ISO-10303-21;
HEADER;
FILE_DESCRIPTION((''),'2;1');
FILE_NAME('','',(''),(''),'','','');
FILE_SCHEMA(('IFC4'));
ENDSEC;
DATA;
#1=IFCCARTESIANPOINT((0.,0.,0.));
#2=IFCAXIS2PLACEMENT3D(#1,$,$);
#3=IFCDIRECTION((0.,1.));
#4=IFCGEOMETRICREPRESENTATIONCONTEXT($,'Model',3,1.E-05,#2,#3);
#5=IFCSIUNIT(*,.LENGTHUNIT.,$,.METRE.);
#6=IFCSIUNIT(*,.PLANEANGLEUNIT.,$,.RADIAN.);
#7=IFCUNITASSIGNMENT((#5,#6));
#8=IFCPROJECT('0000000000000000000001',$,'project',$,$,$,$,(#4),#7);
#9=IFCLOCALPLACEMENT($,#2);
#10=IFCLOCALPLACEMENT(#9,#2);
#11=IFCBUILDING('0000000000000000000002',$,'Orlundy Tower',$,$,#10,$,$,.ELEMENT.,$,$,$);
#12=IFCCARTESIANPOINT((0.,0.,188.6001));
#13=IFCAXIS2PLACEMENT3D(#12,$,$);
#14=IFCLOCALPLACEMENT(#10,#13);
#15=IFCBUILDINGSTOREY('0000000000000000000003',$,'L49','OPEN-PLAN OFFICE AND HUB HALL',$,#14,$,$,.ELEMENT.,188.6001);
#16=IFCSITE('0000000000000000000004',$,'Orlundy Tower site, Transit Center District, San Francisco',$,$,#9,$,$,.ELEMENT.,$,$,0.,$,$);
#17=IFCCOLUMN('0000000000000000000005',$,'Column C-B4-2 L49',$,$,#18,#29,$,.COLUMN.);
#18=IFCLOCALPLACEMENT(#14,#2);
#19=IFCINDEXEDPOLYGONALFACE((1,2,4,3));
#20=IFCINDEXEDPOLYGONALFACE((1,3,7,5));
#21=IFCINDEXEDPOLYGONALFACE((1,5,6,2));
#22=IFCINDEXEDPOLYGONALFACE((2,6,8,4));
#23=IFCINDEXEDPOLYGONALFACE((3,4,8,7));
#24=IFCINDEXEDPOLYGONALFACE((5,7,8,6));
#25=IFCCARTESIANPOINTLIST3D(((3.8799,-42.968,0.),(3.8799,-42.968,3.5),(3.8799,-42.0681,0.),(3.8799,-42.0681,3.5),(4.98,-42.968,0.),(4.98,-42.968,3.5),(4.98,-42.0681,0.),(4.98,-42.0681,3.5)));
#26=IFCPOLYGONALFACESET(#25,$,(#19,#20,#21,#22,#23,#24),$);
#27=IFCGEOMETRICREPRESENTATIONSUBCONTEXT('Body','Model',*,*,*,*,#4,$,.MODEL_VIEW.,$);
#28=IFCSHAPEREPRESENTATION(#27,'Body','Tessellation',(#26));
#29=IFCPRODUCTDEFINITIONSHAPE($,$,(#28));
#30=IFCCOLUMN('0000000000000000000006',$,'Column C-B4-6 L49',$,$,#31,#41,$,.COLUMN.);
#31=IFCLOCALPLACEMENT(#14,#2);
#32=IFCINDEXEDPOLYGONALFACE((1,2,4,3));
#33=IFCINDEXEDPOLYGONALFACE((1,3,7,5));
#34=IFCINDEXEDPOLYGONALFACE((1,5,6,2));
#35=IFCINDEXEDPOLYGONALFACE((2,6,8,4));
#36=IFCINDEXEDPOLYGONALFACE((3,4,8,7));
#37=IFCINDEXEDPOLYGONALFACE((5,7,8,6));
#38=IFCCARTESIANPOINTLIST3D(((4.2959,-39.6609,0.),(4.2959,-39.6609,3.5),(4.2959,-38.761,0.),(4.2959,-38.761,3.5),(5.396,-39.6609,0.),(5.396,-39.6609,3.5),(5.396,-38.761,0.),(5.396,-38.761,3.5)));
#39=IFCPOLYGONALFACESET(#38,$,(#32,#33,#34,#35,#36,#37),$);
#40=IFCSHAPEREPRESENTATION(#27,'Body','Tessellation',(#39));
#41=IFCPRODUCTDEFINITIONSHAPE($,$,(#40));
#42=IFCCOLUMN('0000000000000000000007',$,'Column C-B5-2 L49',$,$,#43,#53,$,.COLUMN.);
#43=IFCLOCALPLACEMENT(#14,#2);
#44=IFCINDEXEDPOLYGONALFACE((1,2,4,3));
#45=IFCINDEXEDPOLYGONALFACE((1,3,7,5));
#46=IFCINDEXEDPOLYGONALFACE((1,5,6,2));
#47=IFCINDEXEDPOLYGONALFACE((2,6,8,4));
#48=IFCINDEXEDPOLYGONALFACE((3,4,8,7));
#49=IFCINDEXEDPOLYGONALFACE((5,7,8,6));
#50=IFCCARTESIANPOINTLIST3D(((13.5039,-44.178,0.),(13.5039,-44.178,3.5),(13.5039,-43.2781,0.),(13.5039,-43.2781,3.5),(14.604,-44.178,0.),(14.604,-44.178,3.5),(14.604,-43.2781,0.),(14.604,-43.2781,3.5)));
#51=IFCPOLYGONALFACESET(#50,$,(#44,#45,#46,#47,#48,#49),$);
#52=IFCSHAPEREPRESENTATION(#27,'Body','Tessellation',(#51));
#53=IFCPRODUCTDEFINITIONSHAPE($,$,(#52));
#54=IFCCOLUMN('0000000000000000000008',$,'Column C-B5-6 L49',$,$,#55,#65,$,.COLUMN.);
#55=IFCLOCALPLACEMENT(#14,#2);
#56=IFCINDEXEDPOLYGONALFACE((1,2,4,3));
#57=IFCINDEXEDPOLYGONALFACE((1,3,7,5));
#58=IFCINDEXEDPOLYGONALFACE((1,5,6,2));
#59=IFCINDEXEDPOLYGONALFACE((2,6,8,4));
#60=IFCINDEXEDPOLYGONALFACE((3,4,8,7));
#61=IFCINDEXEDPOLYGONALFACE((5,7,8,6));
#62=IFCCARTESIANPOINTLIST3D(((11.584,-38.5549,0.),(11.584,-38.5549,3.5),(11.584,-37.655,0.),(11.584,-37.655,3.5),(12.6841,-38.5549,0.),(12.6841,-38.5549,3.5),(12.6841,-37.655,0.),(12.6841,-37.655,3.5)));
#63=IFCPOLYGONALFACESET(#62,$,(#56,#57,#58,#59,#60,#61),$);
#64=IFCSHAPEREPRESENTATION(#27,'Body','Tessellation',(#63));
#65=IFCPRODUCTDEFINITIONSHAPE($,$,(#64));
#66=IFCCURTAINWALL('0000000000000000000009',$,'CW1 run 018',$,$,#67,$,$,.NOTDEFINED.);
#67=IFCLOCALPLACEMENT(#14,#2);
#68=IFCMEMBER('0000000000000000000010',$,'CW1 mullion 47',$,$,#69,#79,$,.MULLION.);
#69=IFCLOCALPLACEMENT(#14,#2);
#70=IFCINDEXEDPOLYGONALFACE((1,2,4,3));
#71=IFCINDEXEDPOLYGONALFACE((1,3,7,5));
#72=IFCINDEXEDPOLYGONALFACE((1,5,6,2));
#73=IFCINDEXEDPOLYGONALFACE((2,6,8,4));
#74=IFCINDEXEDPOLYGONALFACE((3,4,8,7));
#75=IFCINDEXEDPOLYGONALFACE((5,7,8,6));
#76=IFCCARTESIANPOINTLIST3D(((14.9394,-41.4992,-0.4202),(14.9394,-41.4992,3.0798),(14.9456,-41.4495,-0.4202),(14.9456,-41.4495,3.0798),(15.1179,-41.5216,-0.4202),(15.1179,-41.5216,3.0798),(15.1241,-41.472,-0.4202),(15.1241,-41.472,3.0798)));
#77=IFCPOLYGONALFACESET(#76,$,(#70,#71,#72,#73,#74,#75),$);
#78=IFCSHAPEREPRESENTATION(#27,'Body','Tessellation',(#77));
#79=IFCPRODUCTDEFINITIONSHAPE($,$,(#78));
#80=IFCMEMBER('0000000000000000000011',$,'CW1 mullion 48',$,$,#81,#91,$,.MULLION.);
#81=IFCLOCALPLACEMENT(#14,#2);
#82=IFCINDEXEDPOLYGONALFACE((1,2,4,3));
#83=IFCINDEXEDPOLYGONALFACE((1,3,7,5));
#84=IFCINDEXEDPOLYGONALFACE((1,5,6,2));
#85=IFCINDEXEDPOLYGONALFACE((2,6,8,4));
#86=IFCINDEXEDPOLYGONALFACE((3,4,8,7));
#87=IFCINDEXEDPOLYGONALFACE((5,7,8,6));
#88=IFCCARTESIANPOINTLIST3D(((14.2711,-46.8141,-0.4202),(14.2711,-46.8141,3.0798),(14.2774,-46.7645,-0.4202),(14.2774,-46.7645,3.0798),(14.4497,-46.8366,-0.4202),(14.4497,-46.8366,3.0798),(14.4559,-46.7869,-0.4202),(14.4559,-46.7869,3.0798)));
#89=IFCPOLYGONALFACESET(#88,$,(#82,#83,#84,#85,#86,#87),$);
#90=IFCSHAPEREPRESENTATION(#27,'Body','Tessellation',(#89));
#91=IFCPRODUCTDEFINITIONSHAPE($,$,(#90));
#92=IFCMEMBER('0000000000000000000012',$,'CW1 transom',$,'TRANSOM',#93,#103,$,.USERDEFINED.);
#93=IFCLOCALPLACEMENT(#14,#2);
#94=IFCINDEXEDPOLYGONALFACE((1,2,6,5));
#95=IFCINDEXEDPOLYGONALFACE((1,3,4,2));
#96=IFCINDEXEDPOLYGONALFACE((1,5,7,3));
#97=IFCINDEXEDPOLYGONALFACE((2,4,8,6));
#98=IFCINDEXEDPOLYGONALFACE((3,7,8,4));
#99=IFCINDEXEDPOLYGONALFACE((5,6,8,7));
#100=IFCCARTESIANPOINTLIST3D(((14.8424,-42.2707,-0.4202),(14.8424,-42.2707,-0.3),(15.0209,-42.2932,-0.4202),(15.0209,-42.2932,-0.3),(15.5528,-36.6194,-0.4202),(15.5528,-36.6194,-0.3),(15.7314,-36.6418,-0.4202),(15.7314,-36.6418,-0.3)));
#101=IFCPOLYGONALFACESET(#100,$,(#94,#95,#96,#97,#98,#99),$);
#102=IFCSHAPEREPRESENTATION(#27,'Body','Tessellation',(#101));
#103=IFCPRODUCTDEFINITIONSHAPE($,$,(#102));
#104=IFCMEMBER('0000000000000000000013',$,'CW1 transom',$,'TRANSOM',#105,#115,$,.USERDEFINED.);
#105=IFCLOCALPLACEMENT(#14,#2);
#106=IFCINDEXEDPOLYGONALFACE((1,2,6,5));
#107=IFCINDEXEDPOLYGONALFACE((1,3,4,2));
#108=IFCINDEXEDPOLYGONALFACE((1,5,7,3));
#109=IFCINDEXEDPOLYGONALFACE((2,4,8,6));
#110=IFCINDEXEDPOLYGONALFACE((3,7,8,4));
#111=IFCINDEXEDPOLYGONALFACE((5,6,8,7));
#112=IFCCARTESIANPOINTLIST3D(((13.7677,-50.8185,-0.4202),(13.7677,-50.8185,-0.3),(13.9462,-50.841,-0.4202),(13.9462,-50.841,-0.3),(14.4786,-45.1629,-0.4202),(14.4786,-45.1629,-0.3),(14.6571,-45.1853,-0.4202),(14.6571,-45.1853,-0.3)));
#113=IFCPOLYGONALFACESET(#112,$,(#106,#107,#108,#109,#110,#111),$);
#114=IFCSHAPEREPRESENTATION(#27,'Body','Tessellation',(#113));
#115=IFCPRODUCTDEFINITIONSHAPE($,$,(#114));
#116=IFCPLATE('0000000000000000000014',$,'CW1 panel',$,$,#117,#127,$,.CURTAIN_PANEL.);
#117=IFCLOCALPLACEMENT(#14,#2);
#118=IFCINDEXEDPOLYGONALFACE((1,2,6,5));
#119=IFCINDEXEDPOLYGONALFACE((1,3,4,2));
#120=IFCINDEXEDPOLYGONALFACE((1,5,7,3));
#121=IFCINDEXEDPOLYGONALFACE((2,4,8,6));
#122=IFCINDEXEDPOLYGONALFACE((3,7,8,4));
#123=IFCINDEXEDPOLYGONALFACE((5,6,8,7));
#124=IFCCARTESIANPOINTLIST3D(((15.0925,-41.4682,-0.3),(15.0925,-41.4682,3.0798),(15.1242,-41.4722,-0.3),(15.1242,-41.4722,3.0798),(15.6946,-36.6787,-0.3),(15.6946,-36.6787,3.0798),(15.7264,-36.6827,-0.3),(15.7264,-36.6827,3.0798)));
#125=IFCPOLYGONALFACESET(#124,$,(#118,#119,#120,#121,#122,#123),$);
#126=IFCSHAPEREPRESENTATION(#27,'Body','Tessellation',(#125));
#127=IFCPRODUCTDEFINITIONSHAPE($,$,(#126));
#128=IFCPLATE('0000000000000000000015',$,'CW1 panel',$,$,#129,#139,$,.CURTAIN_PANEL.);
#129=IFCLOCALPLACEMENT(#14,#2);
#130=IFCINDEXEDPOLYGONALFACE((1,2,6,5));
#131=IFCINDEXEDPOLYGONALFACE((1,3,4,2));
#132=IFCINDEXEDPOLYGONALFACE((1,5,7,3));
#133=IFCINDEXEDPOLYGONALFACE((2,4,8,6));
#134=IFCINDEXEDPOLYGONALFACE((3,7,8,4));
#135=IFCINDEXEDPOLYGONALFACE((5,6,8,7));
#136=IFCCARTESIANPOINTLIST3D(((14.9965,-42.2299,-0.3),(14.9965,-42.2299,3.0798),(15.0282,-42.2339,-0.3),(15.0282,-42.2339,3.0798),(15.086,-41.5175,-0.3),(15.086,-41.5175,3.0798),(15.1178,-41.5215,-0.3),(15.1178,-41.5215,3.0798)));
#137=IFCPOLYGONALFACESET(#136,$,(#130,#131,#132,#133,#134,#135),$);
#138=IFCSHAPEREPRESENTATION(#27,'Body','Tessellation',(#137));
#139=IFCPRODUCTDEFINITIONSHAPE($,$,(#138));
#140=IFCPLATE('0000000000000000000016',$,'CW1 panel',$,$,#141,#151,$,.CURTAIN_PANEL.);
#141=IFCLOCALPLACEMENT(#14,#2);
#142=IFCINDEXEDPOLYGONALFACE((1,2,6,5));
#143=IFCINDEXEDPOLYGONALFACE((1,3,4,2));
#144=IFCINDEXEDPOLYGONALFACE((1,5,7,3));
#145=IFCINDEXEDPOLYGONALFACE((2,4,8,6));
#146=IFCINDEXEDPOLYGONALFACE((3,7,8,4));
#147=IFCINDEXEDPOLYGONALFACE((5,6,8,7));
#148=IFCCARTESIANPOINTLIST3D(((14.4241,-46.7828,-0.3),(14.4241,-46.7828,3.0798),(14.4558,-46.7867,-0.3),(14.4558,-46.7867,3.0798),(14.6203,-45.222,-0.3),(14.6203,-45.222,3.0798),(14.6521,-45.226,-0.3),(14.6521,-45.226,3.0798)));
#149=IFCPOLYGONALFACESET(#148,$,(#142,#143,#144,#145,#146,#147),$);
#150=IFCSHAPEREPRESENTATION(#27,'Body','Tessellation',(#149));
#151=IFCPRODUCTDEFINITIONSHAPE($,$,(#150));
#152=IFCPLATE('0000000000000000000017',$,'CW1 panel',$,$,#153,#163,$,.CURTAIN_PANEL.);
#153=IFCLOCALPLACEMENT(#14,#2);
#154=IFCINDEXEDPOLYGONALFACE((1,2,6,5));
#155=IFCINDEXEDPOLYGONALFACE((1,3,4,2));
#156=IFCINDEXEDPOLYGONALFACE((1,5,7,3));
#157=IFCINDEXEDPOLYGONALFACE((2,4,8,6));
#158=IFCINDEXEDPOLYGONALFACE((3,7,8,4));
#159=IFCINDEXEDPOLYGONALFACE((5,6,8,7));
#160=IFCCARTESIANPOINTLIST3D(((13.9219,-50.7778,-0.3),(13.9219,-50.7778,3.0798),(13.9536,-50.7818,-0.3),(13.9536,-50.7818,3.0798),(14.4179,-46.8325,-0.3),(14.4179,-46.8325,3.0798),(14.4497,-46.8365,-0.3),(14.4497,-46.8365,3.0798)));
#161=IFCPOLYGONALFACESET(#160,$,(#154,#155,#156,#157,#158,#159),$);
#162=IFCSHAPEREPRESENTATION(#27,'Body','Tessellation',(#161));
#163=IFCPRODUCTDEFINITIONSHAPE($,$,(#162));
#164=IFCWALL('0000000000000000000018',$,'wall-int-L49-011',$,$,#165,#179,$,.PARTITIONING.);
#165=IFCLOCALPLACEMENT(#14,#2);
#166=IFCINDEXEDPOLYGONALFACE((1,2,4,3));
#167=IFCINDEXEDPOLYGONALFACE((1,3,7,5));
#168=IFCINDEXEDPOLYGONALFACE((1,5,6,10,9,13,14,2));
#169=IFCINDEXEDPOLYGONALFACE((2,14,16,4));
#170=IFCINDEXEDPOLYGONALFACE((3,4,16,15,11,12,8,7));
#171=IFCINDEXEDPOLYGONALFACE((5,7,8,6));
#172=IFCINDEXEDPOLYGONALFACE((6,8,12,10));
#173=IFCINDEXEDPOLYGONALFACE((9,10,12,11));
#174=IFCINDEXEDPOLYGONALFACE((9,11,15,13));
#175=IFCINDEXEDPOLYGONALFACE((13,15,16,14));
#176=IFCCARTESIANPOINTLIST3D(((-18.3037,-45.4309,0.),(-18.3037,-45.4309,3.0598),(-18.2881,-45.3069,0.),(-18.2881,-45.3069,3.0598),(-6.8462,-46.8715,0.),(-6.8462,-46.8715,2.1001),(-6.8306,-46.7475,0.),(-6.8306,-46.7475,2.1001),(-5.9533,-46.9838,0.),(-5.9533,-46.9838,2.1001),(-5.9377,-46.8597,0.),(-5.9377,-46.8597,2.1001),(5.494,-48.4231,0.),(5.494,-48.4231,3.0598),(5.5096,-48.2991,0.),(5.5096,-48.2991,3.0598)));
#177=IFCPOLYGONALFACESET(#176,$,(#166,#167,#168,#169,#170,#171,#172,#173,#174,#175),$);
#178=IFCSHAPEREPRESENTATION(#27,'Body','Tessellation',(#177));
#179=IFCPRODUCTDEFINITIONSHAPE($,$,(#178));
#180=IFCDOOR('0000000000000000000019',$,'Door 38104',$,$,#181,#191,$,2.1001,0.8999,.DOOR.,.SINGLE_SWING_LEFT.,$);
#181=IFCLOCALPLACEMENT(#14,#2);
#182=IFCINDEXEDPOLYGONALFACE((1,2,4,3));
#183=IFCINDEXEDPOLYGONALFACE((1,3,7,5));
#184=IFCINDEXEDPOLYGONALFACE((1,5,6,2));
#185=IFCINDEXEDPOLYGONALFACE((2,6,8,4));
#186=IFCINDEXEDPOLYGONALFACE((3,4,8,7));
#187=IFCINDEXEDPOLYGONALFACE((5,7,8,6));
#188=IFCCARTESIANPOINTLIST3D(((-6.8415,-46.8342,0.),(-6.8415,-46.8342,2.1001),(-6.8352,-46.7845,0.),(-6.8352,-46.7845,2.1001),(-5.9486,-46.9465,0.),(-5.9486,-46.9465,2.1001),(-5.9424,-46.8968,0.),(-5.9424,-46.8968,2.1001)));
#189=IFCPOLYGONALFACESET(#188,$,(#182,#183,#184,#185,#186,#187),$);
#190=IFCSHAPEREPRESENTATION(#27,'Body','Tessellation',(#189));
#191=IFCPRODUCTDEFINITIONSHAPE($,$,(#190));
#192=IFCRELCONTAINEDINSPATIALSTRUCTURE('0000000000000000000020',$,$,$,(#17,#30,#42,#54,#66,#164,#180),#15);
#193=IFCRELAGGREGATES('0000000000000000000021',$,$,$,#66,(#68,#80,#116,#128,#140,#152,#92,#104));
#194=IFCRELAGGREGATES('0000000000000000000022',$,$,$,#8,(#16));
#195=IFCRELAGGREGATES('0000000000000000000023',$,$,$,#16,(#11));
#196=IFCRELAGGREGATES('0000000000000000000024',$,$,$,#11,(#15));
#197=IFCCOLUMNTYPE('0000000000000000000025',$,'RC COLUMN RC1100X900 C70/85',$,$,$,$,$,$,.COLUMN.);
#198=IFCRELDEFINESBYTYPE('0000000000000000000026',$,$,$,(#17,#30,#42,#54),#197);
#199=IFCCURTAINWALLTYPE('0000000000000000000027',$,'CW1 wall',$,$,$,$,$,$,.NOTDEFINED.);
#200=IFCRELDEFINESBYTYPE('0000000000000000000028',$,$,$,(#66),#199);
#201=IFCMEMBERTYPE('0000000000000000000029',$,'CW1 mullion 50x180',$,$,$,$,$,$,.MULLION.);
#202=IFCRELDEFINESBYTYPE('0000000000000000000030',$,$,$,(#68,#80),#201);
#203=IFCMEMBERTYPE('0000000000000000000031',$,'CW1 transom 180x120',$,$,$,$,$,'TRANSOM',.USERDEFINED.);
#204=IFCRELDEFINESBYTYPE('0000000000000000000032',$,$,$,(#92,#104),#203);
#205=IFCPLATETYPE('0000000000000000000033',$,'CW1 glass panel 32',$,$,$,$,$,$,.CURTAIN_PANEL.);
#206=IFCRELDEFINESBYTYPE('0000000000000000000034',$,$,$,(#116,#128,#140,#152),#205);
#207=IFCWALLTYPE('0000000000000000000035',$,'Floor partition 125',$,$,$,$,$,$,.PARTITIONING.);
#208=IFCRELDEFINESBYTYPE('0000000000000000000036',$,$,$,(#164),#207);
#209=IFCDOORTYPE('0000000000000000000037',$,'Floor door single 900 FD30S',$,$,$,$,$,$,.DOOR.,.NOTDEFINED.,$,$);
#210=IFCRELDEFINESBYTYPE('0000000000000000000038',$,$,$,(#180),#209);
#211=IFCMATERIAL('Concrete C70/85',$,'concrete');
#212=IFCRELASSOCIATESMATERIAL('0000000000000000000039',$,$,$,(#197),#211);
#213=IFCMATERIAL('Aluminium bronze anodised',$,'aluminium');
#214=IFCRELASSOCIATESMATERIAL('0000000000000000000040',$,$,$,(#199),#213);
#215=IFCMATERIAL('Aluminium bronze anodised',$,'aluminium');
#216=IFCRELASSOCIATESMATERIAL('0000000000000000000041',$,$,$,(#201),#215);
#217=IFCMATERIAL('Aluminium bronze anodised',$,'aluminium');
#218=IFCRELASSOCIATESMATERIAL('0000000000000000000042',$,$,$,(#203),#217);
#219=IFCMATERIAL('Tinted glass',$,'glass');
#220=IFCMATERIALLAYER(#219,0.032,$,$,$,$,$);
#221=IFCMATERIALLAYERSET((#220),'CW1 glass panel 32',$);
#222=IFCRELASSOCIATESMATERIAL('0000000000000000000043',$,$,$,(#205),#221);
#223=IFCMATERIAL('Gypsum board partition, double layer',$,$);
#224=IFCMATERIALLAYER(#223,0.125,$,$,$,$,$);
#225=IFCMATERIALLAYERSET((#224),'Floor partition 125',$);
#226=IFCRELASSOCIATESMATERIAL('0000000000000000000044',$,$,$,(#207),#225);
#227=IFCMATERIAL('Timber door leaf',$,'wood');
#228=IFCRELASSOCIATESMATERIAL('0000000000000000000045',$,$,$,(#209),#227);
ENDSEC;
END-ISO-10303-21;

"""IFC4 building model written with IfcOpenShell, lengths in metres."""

from ifc_helpers import new_model, si_unit, direction, frame, frame_2d, origin, origin_2d, place, context, subcontext, project, spatial, rectangle, extrude, material, layer, layer_set, material_profile, profile_set, type_object, element, fill, aggregate, save


model = new_model("IFC4")

# Units and contexts
model_context = context("Model", 3, precision=1e-05, world=origin(), true_north=direction((0.0, 1.0)))
body_context = subcontext(model_context, "Body", "Model", "MODEL_VIEW")
ifc_project = project(units=[si_unit("LENGTHUNIT", "METRE"), si_unit("PLANEANGLEUNIT", "RADIAN")], contexts=[model_context])

# Site, building, storey
site_placement = place(None, origin())
site = spatial("IfcSite", under=ifc_project, at=site_placement, Name="Orlundy Tower site, Transit Center District, San Francisco", CompositionType="ELEMENT", RefElevation=0.0)
building_placement = place(site_placement, origin())
building = spatial("IfcBuilding", under=site, at=building_placement, Name="Orlundy Tower", CompositionType="ELEMENT")
storey_placement = place(building_placement, frame((0.0, 0.0, 188.6001)))
storey = spatial("IfcBuildingStorey", under=building, at=storey_placement, Name="L49", Description="OPEN-PLAN OFFICE AND HUB HALL", CompositionType="ELEMENT", Elevation=188.6001)

# Columns
ifc_material_1 = material(Name="Concrete C70/85", Category="concrete")
ifc_material_profile_1 = material_profile(ifc_material_1, rectangle(XDim=1.1001, YDim=0.8999, at=origin_2d()), Name="RC1100X900")
ifc_profile_set_1 = profile_set([ifc_material_profile_1], Name="Concrete C70/85")
column_type = type_object("IfcColumnType", Name="RC COLUMN RC1100X900 C70/85", PredefinedType="COLUMN", material=ifc_profile_set_1)
for number, where, z_axis, x_axis, name in (
    (1, (4.4299, -42.5181, 0.0), (0.0, 0.0, 1.0), (1.0, 0.0, 0.0), "Column C-B4-2 L49"),
    (2, (4.8459, -39.2109, 0.0), (0.0, 0.0, 1.0), (1.0, 0.0, 0.0), "Column C-B4-6 L49"),
    (3, (14.054, -43.728, 0.0), (0.0, 0.0, 1.0), (1.0, 0.0, 0.0), "Column C-B5-2 L49"),
    (4, (12.134, -38.105, 0.0), (0.0, 0.0, 1.0), (1.0, 0.0, 0.0), "Column C-B5-6 L49"),
):
    element("IfcColumn", number, at=place(storey_placement, frame(where, z_axis=z_axis, x_axis=x_axis)), inside=storey, type_object=column_type, Name=name, PredefinedType="COLUMN", context=body_context, shape_type="SweptSolid", body=[
        extrude(rectangle(XDim=1.1001, YDim=0.8999, at=origin_2d()), origin(), (0.0, 0.0, 1.0), 3.5),
    ])

# Curtain wall, members, plates
ifc_material_2 = material(Name="Aluminium bronze anodised", Category="aluminium")
curtain_wall_type = type_object("IfcCurtainWallType", Name="CW1 wall", PredefinedType="NOTDEFINED", material=ifc_material_2)
curtain_wall_placement = place(storey_placement, origin())
curtain_wall = element("IfcCurtainWall", 5, at=curtain_wall_placement, inside=storey, type_object=curtain_wall_type, Name="CW1 run 018", PredefinedType="NOTDEFINED")
ifc_material_3 = material(Name="Aluminium bronze anodised", Category="aluminium")
ifc_material_profile_2 = material_profile(ifc_material_3, rectangle(XDim=0.1799, YDim=0.05, at=origin_2d()), Name="CW1 mullion 50x180")
ifc_profile_set_2 = profile_set([ifc_material_profile_2], Name="Aluminium bronze anodised")
member_type_1 = type_object("IfcMemberType", Name="CW1 mullion 50x180", PredefinedType="MULLION", material=ifc_profile_set_2)
member_1_placement = place(storey_placement, frame((15.0317, -41.4856, -0.4202), z_axis=(0.0, 0.0, 1.0), x_axis=(0.992189, -0.124742, 0.0)))
member_1 = element("IfcMember", 6, at=member_1_placement, type_object=member_type_1, Name="CW1 mullion 47", PredefinedType="MULLION", context=body_context, shape_type="SweptSolid", body=[
    extrude(rectangle(XDim=0.1799, YDim=0.05, at=origin_2d()), origin(), (0.0, 0.0, 1.0), 3.5),
])
member_2_placement = place(storey_placement, frame((14.3635, -46.8005, -0.4202), z_axis=(0.0, 0.0, 1.0), x_axis=(0.992189, -0.124742, 0.0)))
member_2 = element("IfcMember", 7, at=member_2_placement, type_object=member_type_1, Name="CW1 mullion 48", PredefinedType="MULLION", context=body_context, shape_type="SweptSolid", body=[
    extrude(rectangle(XDim=0.1799, YDim=0.05, at=origin_2d()), origin(), (0.0, 0.0, 1.0), 3.5),
])
ifc_material_4 = material(Name="Aluminium bronze anodised", Category="aluminium")
ifc_material_profile_3 = material_profile(ifc_material_4, rectangle(XDim=0.1799, YDim=0.1201, at=origin_2d()), Name="CW1 transom 180x120")
ifc_profile_set_3 = profile_set([ifc_material_profile_3], Name="Aluminium bronze anodised")
member_type_2 = type_object("IfcMemberType", Name="CW1 transom 180x120", ElementType="TRANSOM", PredefinedType="USERDEFINED", material=ifc_profile_set_3)
member_3_placement = place(storey_placement, frame((15.6421, -36.6306, -0.3601), z_axis=(-0.124731, -0.992191, 0.0), x_axis=(0.992191, -0.124731, 0.0)))
member_3 = element("IfcMember", 8, at=member_3_placement, type_object=member_type_2, Name="CW1 transom", ObjectType="TRANSOM", PredefinedType="USERDEFINED", context=body_context, shape_type="SweptSolid", body=[
    extrude(rectangle(XDim=0.1799, YDim=0.1201, at=origin_2d()), origin(), (0.0, 0.0, 1.0), 5.6958),
])
member_4_placement = place(storey_placement, frame((14.5679, -45.1741, -0.3601), z_axis=(-0.12472, -0.992192, 0.0), x_axis=(0.992192, -0.12472, 0.0)))
member_4 = element("IfcMember", 9, at=member_4_placement, type_object=member_type_2, Name="CW1 transom", ObjectType="TRANSOM", PredefinedType="USERDEFINED", context=body_context, shape_type="SweptSolid", body=[
    extrude(rectangle(XDim=0.1799, YDim=0.1201, at=origin_2d()), origin(), (0.0, 0.0, 1.0), 5.7002),
])
ifc_material_5 = material(Name="Tinted glass", Category="glass")
ifc_layer_1 = layer(ifc_material_5, 0.032)
ifc_layer_set_1 = layer_set([ifc_layer_1], Name="CW1 glass panel 32")
plate_type = type_object("IfcPlateType", Name="CW1 glass panel 32", PredefinedType="CURTAIN_PANEL", material=ifc_layer_set_1)
plate_1_placement = place(storey_placement, frame((15.4094, -39.0754, -0.3), z_axis=(0.0, 0.0, 1.0), x_axis=(-0.124742, -0.992189, 0.0)))
plate_1 = element("IfcPlate", 10, at=plate_1_placement, type_object=plate_type, Name="CW1 panel", PredefinedType="CURTAIN_PANEL", context=body_context, shape_type="SweptSolid", body=[
    extrude(rectangle(XDim=4.8271, YDim=0.032, at=origin_2d()), origin(), (0.0, 0.0, 1.0), 3.3799),
])
plate_2_placement = place(storey_placement, frame((15.0571, -41.8757, -0.3), z_axis=(0.0, 0.0, 1.0), x_axis=(-0.124742, -0.992189, 0.0)))
plate_2 = element("IfcPlate", 11, at=plate_2_placement, type_object=plate_type, Name="CW1 panel", PredefinedType="CURTAIN_PANEL", context=body_context, shape_type="SweptSolid", body=[
    extrude(rectangle(XDim=0.718, YDim=0.032, at=origin_2d()), origin(), (0.0, 0.0, 1.0), 3.3799),
])
plate_3_placement = place(storey_placement, frame((14.5381, -46.0044, -0.3), z_axis=(0.0, 0.0, 1.0), x_axis=(-0.124742, -0.992189, 0.0)))
plate_3 = element("IfcPlate", 12, at=plate_3_placement, type_object=plate_type, Name="CW1 panel", PredefinedType="CURTAIN_PANEL", context=body_context, shape_type="SweptSolid", body=[
    extrude(rectangle(XDim=1.573, YDim=0.032, at=origin_2d()), origin(), (0.0, 0.0, 1.0), 3.3799),
])
plate_4_placement = place(storey_placement, frame((14.1858, -48.8071, -0.3), z_axis=(0.0, 0.0, 1.0), x_axis=(-0.124742, -0.992189, 0.0)))
plate_4 = element("IfcPlate", 13, at=plate_4_placement, type_object=plate_type, Name="CW1 panel", PredefinedType="CURTAIN_PANEL", context=body_context, shape_type="SweptSolid", body=[
    extrude(rectangle(XDim=3.9763, YDim=0.032, at=origin_2d()), origin(), (0.0, 0.0, 1.0), 3.3799),
])
aggregate(curtain_wall, [member_1, member_2, plate_1, plate_2, plate_3, plate_4, member_3, member_4])

# Wall, opening, door
ifc_material_6 = material(Name="Gypsum board partition, double layer")
ifc_layer_2 = layer(ifc_material_6, 0.125)
ifc_layer_set_2 = layer_set([ifc_layer_2], Name="Floor partition 125")
wall_type = type_object("IfcWallType", Name="Floor partition 125", PredefinedType="PARTITIONING", material=ifc_layer_set_2)
wall_1_placement = place(storey_placement, frame((5.502, -48.3611, 0.0), z_axis=(0.0, 0.0, 1.0), x_axis=(-0.992188, 0.124751, 0.0)))
wall_1 = element("IfcWall", 14, at=wall_1_placement, inside=storey, type_object=wall_type, Name="wall-int-L49-011", PredefinedType="PARTITIONING", context=body_context, shape_type="SweptSolid", body=[
    extrude(rectangle(XDim=23.9851, YDim=0.125, at=frame_2d((11.9927, 0.0))), origin(), (0.0, 0.0, 1.0), 3.0598),
])
opening_1_placement = place(wall_1_placement, frame((11.5376, 0.0, 0.0)))
opening_1 = element("IfcOpeningElement", 15, at=opening_1_placement, cuts=wall_1, PredefinedType="OPENING", context=body_context, shape_type="SweptSolid", body=[
    extrude(rectangle(XDim=0.8999, YDim=2.1001, at=frame_2d((0.45, 1.05))), frame((0.0, 0.0725, 0.0), z_axis=(0.0, -1.0, 0.0), x_axis=(1.0, 0.0, 0.0)), (0.0, 0.0, 1.0), 0.145),
])
ifc_material_7 = material(Name="Timber door leaf", Category="wood")
door_type_1 = type_object("IfcDoorType", Name="Floor door single 900 FD30S", OperationType="NOTDEFINED", PredefinedType="DOOR", material=ifc_material_7)
door_1_placement = place(opening_1_placement, origin())
door_1 = element("IfcDoor", 16, at=door_1_placement, inside=storey, type_object=door_type_1, Name="Door 38104", OperationType="SINGLE_SWING_LEFT", OverallHeight=2.1001, OverallWidth=0.8999, PredefinedType="DOOR", context=body_context, shape_type="SweptSolid", body=[
    extrude(rectangle(XDim=0.8999, YDim=2.1001, at=frame_2d((0.45, 1.05))), frame((0.0, 0.0249, 0.0), z_axis=(0.0, -1.0, 0.0), x_axis=(1.0, 0.0, 0.0)), (0.0, 0.0, 1.0), 0.05),
])
fill(opening_1, door_1)

save(model, "model.ifc")
